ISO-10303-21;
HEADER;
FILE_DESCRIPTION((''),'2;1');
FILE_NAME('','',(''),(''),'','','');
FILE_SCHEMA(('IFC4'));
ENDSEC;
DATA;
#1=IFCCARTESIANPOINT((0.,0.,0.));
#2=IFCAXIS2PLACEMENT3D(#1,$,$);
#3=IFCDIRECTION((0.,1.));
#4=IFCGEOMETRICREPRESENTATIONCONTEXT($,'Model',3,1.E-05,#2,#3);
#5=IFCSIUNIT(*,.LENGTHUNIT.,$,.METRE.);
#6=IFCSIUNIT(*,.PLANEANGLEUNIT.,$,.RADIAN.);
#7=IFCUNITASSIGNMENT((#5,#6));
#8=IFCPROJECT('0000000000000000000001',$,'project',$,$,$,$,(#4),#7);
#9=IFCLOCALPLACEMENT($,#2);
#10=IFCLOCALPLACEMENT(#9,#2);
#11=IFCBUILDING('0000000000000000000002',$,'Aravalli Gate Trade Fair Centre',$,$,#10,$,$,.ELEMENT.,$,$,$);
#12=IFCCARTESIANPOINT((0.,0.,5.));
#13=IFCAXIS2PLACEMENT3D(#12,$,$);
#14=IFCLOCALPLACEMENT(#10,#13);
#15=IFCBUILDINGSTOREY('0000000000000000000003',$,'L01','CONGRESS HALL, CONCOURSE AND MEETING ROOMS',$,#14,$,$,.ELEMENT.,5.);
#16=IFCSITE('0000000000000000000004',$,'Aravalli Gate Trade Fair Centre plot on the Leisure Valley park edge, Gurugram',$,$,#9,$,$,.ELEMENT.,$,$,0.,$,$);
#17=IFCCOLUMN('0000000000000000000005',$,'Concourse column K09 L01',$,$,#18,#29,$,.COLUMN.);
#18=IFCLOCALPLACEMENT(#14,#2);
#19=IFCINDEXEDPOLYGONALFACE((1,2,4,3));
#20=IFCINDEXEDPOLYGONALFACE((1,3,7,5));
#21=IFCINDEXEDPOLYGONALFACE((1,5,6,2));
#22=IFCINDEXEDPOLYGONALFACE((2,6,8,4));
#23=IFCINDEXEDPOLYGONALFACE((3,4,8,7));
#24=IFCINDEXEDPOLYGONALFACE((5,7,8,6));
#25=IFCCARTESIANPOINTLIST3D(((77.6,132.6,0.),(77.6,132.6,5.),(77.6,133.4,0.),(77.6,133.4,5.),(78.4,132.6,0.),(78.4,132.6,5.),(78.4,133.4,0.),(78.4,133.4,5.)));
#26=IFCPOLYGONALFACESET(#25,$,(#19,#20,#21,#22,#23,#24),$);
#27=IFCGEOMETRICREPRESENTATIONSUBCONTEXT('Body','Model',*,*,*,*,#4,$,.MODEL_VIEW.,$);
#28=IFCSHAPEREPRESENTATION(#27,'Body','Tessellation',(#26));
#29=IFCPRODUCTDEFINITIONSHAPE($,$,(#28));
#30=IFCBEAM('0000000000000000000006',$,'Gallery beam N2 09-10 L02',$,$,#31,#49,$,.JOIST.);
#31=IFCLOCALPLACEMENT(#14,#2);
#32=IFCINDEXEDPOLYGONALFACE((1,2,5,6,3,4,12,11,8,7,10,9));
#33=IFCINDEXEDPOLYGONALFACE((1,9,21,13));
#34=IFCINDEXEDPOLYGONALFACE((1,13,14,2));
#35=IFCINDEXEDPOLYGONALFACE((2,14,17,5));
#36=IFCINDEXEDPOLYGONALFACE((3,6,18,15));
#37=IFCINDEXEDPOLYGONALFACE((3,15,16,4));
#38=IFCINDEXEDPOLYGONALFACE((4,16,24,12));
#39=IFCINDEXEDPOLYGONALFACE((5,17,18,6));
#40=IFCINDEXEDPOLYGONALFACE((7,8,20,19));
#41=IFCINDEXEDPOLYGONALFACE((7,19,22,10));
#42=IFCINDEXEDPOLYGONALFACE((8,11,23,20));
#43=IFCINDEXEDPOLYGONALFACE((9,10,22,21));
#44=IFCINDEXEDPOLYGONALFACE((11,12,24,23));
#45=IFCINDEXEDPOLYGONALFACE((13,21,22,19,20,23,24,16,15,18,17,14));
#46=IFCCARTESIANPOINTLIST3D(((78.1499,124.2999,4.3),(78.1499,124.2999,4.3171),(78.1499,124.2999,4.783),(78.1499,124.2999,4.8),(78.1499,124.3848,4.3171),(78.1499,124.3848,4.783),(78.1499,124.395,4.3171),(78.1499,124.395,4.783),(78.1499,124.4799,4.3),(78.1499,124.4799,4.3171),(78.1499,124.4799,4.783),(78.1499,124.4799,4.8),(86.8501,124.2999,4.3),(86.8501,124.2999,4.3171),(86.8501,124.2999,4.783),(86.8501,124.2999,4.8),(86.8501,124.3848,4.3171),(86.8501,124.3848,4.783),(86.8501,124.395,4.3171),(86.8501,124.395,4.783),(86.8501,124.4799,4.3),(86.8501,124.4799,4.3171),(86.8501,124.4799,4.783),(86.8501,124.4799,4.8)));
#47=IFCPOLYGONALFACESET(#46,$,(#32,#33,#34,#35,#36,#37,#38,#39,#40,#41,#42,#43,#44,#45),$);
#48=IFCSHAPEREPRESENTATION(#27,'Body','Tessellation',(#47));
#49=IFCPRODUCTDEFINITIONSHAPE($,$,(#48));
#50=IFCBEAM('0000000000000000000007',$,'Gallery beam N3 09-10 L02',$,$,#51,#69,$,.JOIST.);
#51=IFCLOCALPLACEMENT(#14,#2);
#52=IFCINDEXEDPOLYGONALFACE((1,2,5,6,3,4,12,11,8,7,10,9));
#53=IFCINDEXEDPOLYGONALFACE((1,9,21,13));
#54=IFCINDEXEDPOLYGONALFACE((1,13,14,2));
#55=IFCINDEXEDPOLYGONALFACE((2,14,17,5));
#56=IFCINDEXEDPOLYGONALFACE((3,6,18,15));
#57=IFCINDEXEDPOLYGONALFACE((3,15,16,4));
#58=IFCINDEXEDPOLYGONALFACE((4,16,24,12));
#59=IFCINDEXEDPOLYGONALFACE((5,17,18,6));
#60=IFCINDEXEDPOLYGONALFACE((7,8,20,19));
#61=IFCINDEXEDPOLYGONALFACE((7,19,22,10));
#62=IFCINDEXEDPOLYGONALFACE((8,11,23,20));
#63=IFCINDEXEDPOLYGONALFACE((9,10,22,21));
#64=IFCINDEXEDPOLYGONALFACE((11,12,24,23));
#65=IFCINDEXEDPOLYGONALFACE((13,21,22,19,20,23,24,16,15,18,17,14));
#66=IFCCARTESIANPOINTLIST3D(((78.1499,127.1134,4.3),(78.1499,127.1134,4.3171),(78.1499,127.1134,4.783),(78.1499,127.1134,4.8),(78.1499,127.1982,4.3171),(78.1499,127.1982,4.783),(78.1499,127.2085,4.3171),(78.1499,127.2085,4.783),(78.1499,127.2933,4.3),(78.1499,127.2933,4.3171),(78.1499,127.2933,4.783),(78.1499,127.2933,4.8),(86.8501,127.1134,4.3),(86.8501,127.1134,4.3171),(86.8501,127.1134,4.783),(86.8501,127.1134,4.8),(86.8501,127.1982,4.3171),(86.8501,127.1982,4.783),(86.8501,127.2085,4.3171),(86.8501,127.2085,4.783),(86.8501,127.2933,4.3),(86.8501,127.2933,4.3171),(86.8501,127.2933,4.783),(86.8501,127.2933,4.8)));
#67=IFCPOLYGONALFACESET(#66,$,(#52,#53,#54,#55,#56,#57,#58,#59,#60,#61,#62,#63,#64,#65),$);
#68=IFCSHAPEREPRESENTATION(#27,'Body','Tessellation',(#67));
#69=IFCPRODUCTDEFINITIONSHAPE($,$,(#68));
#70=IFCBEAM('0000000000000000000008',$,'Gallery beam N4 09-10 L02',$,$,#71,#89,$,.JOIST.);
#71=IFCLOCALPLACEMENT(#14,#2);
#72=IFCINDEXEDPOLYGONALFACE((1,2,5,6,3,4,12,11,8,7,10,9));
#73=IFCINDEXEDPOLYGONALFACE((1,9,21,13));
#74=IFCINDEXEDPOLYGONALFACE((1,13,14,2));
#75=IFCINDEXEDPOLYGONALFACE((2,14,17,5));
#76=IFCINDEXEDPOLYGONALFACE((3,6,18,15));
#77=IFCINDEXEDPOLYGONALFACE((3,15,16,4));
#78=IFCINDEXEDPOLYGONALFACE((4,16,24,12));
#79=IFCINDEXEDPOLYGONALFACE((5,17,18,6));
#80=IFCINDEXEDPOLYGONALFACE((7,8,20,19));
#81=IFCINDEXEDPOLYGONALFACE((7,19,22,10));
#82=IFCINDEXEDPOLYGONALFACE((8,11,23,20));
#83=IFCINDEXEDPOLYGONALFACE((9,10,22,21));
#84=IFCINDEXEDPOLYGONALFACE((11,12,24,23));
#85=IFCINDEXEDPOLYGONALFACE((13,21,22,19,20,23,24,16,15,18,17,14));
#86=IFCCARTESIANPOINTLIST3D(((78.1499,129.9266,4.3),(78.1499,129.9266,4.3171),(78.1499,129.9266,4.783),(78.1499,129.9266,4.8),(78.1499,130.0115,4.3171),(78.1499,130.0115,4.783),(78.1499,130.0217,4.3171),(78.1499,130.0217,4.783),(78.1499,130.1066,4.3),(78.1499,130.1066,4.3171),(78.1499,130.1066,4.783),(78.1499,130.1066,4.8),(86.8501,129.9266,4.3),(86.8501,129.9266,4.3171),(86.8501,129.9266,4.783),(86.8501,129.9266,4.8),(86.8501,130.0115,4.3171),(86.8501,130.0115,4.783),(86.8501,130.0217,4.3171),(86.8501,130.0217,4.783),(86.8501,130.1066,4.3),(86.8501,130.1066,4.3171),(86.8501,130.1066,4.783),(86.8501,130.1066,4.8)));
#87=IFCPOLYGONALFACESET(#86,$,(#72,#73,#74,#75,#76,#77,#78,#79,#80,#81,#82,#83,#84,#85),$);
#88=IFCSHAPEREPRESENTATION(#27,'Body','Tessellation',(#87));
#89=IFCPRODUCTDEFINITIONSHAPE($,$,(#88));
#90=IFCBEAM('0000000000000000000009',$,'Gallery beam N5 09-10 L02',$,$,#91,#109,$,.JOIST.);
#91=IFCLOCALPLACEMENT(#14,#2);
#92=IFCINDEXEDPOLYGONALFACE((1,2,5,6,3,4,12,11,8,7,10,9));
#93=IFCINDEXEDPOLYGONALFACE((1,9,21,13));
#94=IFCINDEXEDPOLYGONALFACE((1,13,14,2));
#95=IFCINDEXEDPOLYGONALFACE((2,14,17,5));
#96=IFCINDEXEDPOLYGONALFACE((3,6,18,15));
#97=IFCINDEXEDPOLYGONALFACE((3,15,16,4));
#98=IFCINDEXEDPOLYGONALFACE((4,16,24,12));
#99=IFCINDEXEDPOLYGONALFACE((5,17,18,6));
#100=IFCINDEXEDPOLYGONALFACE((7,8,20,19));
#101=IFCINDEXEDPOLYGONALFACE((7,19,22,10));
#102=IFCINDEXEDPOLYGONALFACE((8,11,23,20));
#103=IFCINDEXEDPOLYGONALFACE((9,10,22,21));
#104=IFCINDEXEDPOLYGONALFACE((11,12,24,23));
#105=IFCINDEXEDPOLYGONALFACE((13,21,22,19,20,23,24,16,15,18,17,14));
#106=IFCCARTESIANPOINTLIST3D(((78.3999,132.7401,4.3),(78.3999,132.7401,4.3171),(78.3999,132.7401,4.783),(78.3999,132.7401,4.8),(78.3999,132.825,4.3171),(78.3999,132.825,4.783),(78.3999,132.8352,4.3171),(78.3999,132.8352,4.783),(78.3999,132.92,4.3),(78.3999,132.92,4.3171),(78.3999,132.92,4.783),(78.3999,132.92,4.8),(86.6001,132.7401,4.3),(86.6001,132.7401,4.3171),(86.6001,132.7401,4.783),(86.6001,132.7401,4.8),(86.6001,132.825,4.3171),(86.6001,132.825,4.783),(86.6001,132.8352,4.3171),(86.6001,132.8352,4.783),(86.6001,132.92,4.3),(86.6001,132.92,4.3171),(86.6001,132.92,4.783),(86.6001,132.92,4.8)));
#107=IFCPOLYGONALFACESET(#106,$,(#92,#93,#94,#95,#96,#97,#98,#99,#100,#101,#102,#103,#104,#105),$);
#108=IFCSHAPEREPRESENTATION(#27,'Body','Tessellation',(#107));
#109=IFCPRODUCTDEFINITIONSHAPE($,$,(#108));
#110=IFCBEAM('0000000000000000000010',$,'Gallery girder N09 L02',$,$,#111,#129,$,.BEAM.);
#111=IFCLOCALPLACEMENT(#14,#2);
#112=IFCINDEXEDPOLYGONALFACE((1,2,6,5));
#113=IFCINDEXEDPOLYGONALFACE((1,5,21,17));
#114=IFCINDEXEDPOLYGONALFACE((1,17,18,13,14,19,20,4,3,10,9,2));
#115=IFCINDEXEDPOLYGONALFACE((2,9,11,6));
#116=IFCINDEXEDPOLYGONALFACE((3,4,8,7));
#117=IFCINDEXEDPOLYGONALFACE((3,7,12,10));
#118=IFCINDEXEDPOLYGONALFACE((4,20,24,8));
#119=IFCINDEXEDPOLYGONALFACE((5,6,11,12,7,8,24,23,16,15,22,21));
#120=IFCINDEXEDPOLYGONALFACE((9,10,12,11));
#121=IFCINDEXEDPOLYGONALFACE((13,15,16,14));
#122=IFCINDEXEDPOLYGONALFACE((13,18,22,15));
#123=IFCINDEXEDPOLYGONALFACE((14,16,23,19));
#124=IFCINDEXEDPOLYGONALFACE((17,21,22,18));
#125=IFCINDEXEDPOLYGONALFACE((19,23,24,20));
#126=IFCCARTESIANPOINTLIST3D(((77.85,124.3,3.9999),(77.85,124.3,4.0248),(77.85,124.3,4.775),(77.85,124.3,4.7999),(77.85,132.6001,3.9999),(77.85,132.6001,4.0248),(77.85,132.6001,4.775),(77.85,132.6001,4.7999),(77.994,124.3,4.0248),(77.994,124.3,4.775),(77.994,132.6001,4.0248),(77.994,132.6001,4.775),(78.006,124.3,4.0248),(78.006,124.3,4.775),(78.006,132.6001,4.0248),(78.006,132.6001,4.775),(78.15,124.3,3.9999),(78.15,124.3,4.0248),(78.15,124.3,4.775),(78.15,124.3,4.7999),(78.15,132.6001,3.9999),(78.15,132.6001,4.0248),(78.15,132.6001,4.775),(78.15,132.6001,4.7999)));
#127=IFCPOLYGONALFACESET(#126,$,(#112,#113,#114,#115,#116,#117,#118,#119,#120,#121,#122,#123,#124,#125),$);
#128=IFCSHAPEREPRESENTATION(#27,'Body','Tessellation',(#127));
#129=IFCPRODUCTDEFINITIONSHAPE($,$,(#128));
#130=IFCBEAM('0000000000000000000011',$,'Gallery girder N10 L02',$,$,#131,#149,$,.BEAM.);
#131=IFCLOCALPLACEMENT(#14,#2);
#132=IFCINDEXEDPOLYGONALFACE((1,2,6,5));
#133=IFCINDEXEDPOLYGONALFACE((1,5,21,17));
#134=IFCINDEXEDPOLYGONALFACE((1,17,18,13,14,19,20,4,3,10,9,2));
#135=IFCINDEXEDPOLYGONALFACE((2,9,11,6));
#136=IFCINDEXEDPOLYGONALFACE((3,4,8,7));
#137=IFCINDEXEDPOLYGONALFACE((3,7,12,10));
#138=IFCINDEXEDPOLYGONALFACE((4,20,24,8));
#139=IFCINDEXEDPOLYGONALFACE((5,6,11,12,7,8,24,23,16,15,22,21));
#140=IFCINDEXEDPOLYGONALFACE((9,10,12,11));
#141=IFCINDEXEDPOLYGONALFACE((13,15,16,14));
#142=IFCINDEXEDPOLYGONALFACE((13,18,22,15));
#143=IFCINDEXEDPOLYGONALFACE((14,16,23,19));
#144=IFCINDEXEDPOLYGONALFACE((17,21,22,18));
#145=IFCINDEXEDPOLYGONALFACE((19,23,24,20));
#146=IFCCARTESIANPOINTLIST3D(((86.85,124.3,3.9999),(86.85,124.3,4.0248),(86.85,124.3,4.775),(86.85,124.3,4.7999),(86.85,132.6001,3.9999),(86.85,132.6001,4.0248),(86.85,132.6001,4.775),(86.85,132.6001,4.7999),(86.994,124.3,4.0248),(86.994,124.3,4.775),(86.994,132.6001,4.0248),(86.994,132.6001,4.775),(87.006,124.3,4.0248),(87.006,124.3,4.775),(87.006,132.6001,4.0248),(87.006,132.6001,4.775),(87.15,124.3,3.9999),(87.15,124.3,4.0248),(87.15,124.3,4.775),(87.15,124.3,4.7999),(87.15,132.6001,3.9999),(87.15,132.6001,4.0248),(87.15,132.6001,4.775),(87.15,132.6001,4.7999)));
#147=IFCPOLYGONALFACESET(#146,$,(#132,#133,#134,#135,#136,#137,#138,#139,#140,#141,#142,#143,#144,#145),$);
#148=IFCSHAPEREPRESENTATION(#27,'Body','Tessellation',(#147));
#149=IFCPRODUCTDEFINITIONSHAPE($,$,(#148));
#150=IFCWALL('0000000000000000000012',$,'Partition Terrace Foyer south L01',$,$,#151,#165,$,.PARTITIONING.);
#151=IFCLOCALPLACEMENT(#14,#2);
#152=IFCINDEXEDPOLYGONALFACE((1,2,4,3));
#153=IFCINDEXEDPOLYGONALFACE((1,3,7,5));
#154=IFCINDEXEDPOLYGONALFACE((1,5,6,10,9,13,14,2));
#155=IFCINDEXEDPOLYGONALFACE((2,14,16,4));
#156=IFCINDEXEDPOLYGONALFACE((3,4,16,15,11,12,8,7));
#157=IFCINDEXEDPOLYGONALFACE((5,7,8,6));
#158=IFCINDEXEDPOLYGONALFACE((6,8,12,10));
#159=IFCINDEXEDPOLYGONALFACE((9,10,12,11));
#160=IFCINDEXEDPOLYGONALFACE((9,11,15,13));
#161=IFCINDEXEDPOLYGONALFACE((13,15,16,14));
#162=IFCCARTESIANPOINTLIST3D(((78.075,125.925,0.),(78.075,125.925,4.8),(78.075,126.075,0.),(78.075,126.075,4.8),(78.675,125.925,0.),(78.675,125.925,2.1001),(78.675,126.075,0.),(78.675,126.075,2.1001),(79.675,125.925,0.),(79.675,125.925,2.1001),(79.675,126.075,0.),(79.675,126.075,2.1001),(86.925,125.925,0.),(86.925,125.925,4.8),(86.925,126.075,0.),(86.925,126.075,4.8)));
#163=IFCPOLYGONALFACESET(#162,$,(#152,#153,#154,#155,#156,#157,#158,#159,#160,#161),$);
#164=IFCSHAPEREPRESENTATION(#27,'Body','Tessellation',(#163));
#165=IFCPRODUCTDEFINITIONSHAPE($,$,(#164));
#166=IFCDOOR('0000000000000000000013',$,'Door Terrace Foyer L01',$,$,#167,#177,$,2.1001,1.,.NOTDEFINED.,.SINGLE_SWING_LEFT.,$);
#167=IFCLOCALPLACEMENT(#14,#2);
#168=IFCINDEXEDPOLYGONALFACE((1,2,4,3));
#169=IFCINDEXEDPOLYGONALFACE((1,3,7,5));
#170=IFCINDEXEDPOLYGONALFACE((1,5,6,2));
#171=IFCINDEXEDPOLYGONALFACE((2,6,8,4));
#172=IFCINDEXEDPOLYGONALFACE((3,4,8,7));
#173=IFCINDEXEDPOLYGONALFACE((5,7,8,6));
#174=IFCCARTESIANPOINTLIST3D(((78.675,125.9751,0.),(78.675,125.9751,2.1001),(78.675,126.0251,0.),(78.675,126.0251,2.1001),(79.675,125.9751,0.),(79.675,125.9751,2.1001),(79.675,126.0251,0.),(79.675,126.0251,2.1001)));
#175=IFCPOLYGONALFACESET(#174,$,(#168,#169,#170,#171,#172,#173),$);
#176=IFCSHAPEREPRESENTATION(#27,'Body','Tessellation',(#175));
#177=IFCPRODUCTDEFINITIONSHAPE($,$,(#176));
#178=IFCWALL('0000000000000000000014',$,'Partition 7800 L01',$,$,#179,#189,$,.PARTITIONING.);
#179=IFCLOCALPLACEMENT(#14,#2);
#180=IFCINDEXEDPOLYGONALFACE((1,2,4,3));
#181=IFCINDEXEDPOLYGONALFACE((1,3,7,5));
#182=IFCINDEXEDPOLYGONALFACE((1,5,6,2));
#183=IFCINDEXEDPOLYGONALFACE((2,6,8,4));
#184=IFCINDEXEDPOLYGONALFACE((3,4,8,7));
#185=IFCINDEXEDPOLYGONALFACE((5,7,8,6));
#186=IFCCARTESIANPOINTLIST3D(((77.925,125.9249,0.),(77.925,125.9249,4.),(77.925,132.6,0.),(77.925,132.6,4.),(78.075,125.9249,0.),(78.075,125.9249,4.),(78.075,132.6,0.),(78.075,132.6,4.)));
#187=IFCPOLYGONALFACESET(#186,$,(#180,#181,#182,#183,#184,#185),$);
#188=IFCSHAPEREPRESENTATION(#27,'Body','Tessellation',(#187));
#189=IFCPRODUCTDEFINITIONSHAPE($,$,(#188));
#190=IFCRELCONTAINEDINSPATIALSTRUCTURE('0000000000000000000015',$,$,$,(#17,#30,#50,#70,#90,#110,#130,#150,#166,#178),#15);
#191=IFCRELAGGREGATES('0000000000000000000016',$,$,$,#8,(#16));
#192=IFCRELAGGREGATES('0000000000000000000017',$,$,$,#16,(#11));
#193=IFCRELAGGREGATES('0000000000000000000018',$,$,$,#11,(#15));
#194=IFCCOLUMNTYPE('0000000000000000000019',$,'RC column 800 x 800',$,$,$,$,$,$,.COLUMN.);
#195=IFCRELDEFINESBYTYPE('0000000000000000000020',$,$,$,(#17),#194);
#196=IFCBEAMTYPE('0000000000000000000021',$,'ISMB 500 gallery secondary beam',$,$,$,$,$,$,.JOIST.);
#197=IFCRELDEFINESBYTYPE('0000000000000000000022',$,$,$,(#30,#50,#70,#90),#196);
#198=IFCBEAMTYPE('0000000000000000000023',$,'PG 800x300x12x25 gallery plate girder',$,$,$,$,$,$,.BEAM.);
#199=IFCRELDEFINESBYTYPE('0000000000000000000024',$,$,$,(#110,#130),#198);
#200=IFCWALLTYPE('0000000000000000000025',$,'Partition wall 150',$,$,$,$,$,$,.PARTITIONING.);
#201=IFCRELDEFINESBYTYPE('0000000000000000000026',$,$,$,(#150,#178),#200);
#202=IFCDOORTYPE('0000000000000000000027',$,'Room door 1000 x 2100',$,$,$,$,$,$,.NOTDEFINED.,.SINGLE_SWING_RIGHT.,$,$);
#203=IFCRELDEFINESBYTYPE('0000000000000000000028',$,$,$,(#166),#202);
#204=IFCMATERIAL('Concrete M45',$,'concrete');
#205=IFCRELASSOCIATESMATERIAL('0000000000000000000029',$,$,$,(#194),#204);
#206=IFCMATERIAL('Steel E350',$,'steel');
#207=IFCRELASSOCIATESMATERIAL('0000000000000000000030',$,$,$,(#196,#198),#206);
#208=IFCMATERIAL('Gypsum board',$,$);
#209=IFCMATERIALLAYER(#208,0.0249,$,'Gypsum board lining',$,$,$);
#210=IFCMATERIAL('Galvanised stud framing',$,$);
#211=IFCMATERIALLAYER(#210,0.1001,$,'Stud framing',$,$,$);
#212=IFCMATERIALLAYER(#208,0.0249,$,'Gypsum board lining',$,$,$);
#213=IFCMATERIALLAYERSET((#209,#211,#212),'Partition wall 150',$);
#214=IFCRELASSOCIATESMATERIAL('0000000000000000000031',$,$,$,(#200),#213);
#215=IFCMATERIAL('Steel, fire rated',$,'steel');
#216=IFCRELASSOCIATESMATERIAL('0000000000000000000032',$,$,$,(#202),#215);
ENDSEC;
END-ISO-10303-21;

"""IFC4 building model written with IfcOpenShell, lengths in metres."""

from ifc_helpers import new_model, si_unit, direction, frame, frame_2d, origin, origin_2d, place, context, subcontext, project, spatial, rectangle, i_section, extrude, material, layer, layer_set, material_profile, profile_set, type_object, element, fill, save


model = new_model("IFC4")

# Units and contexts
model_context = context("Model", 3, precision=1e-05, world=origin(), true_north=direction((0.0, 1.0)))
body_context = subcontext(model_context, "Body", "Model", "MODEL_VIEW")
ifc_project = project(units=[si_unit("LENGTHUNIT", "METRE"), si_unit("PLANEANGLEUNIT", "RADIAN")], contexts=[model_context])

# Site, building, storey
site_placement = place(None, origin())
site = spatial("IfcSite", under=ifc_project, at=site_placement, Name="Aravalli Gate Trade Fair Centre plot on the Leisure Valley park edge, Gurugram", CompositionType="ELEMENT", RefElevation=0.0)
building_placement = place(site_placement, origin())
building = spatial("IfcBuilding", under=site, at=building_placement, Name="Aravalli Gate Trade Fair Centre", CompositionType="ELEMENT")
storey_placement = place(building_placement, frame((0.0, 0.0, 5.0)))
storey = spatial("IfcBuildingStorey", under=building, at=storey_placement, Name="L01", Description="CONGRESS HALL, CONCOURSE AND MEETING ROOMS", CompositionType="ELEMENT", Elevation=5.0)

# Column
ifc_material_1 = material(Name="Concrete M45", Category="concrete")
ifc_material_profile_1 = material_profile(ifc_material_1, rectangle(XDim=0.8, YDim=0.8, at=origin_2d()), Name="RC column 800 x 800")
ifc_profile_set_1 = profile_set([ifc_material_profile_1], Name="Concrete M45")
column_type = type_object("IfcColumnType", Name="RC column 800 x 800", PredefinedType="COLUMN", material=ifc_profile_set_1)
column_placement = place(storey_placement, frame((78.0, 133.0, 0.0), z_axis=(0.0, 0.0, 1.0), x_axis=(1.0, 0.0, 0.0)))
element("IfcColumn", 1, at=column_placement, inside=storey, type_object=column_type, Name="Concourse column K09 L01", PredefinedType="COLUMN", context=body_context, shape_type="SweptSolid", body=[
    extrude(rectangle(XDim=0.8, YDim=0.8, at=origin_2d()), origin(), (0.0, 0.0, 1.0), 5.0),
])

# Beams
ifc_material_2 = material(Name="Steel E350", Category="steel")
ifc_material_profile_2 = material_profile(ifc_material_2, i_section(OverallWidth=0.1799, OverallDepth=0.5, WebThickness=0.0103, FlangeThickness=0.0171, at=origin_2d()), Name="ISMB 500")
ifc_profile_set_2 = profile_set([ifc_material_profile_2], Name="Steel E350")
beam_type_1 = type_object("IfcBeamType", Name="ISMB 500 gallery secondary beam", PredefinedType="JOIST", material=ifc_profile_set_2)
for number, where, z_axis, x_axis, name in (
    (2, (78.1499, 124.3899, 4.55), (1.0, 0.0, 0.0), (0.0, 1.0, 0.0), "Gallery beam N2 09-10 L02"),
    (3, (78.1499, 127.2034, 4.55), (1.0, 0.0, 0.0), (0.0, 1.0, 0.0), "Gallery beam N3 09-10 L02"),
    (4, (78.1499, 130.0166, 4.55), (1.0, 0.0, 0.0), (0.0, 1.0, 0.0), "Gallery beam N4 09-10 L02"),
):
    element("IfcBeam", number, at=place(storey_placement, frame(where, z_axis=z_axis, x_axis=x_axis)), inside=storey, type_object=beam_type_1, Name=name, PredefinedType="JOIST", context=body_context, shape_type="SweptSolid", body=[
        extrude(i_section(OverallWidth=0.1799, OverallDepth=0.5, WebThickness=0.0103, FlangeThickness=0.0171, at=origin_2d()), origin(), (0.0, 0.0, 1.0), 8.7002),
    ])
beam_placement = place(storey_placement, frame((78.3999, 132.8301, 4.55), z_axis=(1.0, 0.0, 0.0), x_axis=(0.0, 1.0, 0.0)))
element("IfcBeam", 5, at=beam_placement, inside=storey, type_object=beam_type_1, Name="Gallery beam N5 09-10 L02", PredefinedType="JOIST", context=body_context, shape_type="SweptSolid", body=[
    extrude(i_section(OverallWidth=0.1799, OverallDepth=0.5, WebThickness=0.0103, FlangeThickness=0.0171, at=origin_2d()), origin(), (0.0, 0.0, 1.0), 8.2002),
])
ifc_material_profile_3 = material_profile(ifc_material_2, i_section(OverallWidth=0.3, OverallDepth=0.8, WebThickness=0.012, FlangeThickness=0.0249, at=origin_2d()), Name="PG 800x300x12x25")
ifc_profile_set_3 = profile_set([ifc_material_profile_3], Name="Steel E350")
beam_type_2 = type_object("IfcBeamType", Name="PG 800x300x12x25 gallery plate girder", PredefinedType="BEAM", material=ifc_profile_set_3)
for number, where, z_axis, x_axis, name in (
    (6, (78.0, 124.3, 4.3999), (0.0, 1.0, 0.0), (-1.0, 0.0, 0.0), "Gallery girder N09 L02"),
    (7, (87.0, 124.3, 4.3999), (0.0, 1.0, 0.0), (-1.0, 0.0, 0.0), "Gallery girder N10 L02"),
):
    element("IfcBeam", number, at=place(storey_placement, frame(where, z_axis=z_axis, x_axis=x_axis)), inside=storey, type_object=beam_type_2, Name=name, PredefinedType="BEAM", context=body_context, shape_type="SweptSolid", body=[
        extrude(i_section(OverallWidth=0.3, OverallDepth=0.8, WebThickness=0.012, FlangeThickness=0.0249, at=origin_2d()), origin(), (0.0, 0.0, 1.0), 8.3),
    ])

# Wall, opening, door
ifc_material_3 = material(Name="Gypsum board")
ifc_layer_1 = layer(ifc_material_3, 0.0249, Name="Gypsum board lining")
ifc_material_4 = material(Name="Galvanised stud framing")
ifc_layer_2 = layer(ifc_material_4, 0.1001, Name="Stud framing")
ifc_layer_3 = layer(ifc_material_3, 0.0249, Name="Gypsum board lining")
ifc_layer_set_1 = layer_set([ifc_layer_1, ifc_layer_2, ifc_layer_3], Name="Partition wall 150")
wall_type_1 = type_object("IfcWallType", Name="Partition wall 150", PredefinedType="PARTITIONING", material=ifc_layer_set_1)
wall_1_placement = place(storey_placement, frame((78.075, 126.0, 0.0), z_axis=(0.0, 0.0, 1.0), x_axis=(1.0, 0.0, 0.0)))
wall_1 = element("IfcWall", 8, at=wall_1_placement, inside=storey, type_object=wall_type_1, Name="Partition Terrace Foyer south L01", PredefinedType="PARTITIONING", context=body_context, shape_type="SweptSolid", body=[
    extrude(rectangle(XDim=8.8501, YDim=0.1499, at=frame_2d((4.425, 0.0))), origin(), (0.0, 0.0, 1.0), 4.8),
])
opening_1_placement = place(wall_1_placement, frame((0.6001, 0.0, 0.0)))
opening_1 = element("IfcOpeningElement", 9, at=opening_1_placement, cuts=wall_1, PredefinedType="OPENING", context=body_context, shape_type="SweptSolid", body=[
    extrude(rectangle(XDim=1.0, YDim=2.1001, at=frame_2d((0.5, 1.05))), frame((0.0, 0.085, 0.0), z_axis=(0.0, -1.0, 0.0), x_axis=(1.0, 0.0, 0.0)), (0.0, 0.0, 1.0), 0.1699),
])
ifc_material_5 = material(Name="Steel, fire rated", Category="steel")
door_type_1 = type_object("IfcDoorType", Name="Room door 1000 x 2100", OperationType="SINGLE_SWING_RIGHT", PredefinedType="NOTDEFINED", material=ifc_material_5)
door_1_placement = place(opening_1_placement, frame((1.0, 0.0, 0.0), z_axis=(0.0, 0.0, 1.0), x_axis=(-1.0, 0.0, 0.0)))
door_1 = element("IfcDoor", 10, at=door_1_placement, inside=storey, type_object=door_type_1, Name="Door Terrace Foyer L01", OperationType="SINGLE_SWING_LEFT", OverallHeight=2.1001, OverallWidth=1.0, PredefinedType="NOTDEFINED", context=body_context, shape_type="SweptSolid", body=[
    extrude(rectangle(XDim=1.0, YDim=2.1001, at=frame_2d((0.5, 1.05))), frame((0.0, 0.0249, 0.0), z_axis=(0.0, -1.0, 0.0), x_axis=(1.0, 0.0, 0.0)), (0.0, 0.0, 1.0), 0.05),
])
fill(opening_1, door_1)

# Wall
wall_2_placement = place(storey_placement, frame((78.0, 125.925, 0.0), z_axis=(0.0, 0.0, 1.0), x_axis=(0.0, 1.0, 0.0)))
element("IfcWall", 11, at=wall_2_placement, inside=storey, type_object=wall_type_1, Name="Partition 7800 L01", PredefinedType="PARTITIONING", context=body_context, shape_type="SweptSolid", body=[
    extrude(rectangle(XDim=6.675, YDim=0.1499, at=frame_2d((3.3374, 0.0))), origin(), (0.0, 0.0, 1.0), 4.0),
])

save(model, "model.ifc")
